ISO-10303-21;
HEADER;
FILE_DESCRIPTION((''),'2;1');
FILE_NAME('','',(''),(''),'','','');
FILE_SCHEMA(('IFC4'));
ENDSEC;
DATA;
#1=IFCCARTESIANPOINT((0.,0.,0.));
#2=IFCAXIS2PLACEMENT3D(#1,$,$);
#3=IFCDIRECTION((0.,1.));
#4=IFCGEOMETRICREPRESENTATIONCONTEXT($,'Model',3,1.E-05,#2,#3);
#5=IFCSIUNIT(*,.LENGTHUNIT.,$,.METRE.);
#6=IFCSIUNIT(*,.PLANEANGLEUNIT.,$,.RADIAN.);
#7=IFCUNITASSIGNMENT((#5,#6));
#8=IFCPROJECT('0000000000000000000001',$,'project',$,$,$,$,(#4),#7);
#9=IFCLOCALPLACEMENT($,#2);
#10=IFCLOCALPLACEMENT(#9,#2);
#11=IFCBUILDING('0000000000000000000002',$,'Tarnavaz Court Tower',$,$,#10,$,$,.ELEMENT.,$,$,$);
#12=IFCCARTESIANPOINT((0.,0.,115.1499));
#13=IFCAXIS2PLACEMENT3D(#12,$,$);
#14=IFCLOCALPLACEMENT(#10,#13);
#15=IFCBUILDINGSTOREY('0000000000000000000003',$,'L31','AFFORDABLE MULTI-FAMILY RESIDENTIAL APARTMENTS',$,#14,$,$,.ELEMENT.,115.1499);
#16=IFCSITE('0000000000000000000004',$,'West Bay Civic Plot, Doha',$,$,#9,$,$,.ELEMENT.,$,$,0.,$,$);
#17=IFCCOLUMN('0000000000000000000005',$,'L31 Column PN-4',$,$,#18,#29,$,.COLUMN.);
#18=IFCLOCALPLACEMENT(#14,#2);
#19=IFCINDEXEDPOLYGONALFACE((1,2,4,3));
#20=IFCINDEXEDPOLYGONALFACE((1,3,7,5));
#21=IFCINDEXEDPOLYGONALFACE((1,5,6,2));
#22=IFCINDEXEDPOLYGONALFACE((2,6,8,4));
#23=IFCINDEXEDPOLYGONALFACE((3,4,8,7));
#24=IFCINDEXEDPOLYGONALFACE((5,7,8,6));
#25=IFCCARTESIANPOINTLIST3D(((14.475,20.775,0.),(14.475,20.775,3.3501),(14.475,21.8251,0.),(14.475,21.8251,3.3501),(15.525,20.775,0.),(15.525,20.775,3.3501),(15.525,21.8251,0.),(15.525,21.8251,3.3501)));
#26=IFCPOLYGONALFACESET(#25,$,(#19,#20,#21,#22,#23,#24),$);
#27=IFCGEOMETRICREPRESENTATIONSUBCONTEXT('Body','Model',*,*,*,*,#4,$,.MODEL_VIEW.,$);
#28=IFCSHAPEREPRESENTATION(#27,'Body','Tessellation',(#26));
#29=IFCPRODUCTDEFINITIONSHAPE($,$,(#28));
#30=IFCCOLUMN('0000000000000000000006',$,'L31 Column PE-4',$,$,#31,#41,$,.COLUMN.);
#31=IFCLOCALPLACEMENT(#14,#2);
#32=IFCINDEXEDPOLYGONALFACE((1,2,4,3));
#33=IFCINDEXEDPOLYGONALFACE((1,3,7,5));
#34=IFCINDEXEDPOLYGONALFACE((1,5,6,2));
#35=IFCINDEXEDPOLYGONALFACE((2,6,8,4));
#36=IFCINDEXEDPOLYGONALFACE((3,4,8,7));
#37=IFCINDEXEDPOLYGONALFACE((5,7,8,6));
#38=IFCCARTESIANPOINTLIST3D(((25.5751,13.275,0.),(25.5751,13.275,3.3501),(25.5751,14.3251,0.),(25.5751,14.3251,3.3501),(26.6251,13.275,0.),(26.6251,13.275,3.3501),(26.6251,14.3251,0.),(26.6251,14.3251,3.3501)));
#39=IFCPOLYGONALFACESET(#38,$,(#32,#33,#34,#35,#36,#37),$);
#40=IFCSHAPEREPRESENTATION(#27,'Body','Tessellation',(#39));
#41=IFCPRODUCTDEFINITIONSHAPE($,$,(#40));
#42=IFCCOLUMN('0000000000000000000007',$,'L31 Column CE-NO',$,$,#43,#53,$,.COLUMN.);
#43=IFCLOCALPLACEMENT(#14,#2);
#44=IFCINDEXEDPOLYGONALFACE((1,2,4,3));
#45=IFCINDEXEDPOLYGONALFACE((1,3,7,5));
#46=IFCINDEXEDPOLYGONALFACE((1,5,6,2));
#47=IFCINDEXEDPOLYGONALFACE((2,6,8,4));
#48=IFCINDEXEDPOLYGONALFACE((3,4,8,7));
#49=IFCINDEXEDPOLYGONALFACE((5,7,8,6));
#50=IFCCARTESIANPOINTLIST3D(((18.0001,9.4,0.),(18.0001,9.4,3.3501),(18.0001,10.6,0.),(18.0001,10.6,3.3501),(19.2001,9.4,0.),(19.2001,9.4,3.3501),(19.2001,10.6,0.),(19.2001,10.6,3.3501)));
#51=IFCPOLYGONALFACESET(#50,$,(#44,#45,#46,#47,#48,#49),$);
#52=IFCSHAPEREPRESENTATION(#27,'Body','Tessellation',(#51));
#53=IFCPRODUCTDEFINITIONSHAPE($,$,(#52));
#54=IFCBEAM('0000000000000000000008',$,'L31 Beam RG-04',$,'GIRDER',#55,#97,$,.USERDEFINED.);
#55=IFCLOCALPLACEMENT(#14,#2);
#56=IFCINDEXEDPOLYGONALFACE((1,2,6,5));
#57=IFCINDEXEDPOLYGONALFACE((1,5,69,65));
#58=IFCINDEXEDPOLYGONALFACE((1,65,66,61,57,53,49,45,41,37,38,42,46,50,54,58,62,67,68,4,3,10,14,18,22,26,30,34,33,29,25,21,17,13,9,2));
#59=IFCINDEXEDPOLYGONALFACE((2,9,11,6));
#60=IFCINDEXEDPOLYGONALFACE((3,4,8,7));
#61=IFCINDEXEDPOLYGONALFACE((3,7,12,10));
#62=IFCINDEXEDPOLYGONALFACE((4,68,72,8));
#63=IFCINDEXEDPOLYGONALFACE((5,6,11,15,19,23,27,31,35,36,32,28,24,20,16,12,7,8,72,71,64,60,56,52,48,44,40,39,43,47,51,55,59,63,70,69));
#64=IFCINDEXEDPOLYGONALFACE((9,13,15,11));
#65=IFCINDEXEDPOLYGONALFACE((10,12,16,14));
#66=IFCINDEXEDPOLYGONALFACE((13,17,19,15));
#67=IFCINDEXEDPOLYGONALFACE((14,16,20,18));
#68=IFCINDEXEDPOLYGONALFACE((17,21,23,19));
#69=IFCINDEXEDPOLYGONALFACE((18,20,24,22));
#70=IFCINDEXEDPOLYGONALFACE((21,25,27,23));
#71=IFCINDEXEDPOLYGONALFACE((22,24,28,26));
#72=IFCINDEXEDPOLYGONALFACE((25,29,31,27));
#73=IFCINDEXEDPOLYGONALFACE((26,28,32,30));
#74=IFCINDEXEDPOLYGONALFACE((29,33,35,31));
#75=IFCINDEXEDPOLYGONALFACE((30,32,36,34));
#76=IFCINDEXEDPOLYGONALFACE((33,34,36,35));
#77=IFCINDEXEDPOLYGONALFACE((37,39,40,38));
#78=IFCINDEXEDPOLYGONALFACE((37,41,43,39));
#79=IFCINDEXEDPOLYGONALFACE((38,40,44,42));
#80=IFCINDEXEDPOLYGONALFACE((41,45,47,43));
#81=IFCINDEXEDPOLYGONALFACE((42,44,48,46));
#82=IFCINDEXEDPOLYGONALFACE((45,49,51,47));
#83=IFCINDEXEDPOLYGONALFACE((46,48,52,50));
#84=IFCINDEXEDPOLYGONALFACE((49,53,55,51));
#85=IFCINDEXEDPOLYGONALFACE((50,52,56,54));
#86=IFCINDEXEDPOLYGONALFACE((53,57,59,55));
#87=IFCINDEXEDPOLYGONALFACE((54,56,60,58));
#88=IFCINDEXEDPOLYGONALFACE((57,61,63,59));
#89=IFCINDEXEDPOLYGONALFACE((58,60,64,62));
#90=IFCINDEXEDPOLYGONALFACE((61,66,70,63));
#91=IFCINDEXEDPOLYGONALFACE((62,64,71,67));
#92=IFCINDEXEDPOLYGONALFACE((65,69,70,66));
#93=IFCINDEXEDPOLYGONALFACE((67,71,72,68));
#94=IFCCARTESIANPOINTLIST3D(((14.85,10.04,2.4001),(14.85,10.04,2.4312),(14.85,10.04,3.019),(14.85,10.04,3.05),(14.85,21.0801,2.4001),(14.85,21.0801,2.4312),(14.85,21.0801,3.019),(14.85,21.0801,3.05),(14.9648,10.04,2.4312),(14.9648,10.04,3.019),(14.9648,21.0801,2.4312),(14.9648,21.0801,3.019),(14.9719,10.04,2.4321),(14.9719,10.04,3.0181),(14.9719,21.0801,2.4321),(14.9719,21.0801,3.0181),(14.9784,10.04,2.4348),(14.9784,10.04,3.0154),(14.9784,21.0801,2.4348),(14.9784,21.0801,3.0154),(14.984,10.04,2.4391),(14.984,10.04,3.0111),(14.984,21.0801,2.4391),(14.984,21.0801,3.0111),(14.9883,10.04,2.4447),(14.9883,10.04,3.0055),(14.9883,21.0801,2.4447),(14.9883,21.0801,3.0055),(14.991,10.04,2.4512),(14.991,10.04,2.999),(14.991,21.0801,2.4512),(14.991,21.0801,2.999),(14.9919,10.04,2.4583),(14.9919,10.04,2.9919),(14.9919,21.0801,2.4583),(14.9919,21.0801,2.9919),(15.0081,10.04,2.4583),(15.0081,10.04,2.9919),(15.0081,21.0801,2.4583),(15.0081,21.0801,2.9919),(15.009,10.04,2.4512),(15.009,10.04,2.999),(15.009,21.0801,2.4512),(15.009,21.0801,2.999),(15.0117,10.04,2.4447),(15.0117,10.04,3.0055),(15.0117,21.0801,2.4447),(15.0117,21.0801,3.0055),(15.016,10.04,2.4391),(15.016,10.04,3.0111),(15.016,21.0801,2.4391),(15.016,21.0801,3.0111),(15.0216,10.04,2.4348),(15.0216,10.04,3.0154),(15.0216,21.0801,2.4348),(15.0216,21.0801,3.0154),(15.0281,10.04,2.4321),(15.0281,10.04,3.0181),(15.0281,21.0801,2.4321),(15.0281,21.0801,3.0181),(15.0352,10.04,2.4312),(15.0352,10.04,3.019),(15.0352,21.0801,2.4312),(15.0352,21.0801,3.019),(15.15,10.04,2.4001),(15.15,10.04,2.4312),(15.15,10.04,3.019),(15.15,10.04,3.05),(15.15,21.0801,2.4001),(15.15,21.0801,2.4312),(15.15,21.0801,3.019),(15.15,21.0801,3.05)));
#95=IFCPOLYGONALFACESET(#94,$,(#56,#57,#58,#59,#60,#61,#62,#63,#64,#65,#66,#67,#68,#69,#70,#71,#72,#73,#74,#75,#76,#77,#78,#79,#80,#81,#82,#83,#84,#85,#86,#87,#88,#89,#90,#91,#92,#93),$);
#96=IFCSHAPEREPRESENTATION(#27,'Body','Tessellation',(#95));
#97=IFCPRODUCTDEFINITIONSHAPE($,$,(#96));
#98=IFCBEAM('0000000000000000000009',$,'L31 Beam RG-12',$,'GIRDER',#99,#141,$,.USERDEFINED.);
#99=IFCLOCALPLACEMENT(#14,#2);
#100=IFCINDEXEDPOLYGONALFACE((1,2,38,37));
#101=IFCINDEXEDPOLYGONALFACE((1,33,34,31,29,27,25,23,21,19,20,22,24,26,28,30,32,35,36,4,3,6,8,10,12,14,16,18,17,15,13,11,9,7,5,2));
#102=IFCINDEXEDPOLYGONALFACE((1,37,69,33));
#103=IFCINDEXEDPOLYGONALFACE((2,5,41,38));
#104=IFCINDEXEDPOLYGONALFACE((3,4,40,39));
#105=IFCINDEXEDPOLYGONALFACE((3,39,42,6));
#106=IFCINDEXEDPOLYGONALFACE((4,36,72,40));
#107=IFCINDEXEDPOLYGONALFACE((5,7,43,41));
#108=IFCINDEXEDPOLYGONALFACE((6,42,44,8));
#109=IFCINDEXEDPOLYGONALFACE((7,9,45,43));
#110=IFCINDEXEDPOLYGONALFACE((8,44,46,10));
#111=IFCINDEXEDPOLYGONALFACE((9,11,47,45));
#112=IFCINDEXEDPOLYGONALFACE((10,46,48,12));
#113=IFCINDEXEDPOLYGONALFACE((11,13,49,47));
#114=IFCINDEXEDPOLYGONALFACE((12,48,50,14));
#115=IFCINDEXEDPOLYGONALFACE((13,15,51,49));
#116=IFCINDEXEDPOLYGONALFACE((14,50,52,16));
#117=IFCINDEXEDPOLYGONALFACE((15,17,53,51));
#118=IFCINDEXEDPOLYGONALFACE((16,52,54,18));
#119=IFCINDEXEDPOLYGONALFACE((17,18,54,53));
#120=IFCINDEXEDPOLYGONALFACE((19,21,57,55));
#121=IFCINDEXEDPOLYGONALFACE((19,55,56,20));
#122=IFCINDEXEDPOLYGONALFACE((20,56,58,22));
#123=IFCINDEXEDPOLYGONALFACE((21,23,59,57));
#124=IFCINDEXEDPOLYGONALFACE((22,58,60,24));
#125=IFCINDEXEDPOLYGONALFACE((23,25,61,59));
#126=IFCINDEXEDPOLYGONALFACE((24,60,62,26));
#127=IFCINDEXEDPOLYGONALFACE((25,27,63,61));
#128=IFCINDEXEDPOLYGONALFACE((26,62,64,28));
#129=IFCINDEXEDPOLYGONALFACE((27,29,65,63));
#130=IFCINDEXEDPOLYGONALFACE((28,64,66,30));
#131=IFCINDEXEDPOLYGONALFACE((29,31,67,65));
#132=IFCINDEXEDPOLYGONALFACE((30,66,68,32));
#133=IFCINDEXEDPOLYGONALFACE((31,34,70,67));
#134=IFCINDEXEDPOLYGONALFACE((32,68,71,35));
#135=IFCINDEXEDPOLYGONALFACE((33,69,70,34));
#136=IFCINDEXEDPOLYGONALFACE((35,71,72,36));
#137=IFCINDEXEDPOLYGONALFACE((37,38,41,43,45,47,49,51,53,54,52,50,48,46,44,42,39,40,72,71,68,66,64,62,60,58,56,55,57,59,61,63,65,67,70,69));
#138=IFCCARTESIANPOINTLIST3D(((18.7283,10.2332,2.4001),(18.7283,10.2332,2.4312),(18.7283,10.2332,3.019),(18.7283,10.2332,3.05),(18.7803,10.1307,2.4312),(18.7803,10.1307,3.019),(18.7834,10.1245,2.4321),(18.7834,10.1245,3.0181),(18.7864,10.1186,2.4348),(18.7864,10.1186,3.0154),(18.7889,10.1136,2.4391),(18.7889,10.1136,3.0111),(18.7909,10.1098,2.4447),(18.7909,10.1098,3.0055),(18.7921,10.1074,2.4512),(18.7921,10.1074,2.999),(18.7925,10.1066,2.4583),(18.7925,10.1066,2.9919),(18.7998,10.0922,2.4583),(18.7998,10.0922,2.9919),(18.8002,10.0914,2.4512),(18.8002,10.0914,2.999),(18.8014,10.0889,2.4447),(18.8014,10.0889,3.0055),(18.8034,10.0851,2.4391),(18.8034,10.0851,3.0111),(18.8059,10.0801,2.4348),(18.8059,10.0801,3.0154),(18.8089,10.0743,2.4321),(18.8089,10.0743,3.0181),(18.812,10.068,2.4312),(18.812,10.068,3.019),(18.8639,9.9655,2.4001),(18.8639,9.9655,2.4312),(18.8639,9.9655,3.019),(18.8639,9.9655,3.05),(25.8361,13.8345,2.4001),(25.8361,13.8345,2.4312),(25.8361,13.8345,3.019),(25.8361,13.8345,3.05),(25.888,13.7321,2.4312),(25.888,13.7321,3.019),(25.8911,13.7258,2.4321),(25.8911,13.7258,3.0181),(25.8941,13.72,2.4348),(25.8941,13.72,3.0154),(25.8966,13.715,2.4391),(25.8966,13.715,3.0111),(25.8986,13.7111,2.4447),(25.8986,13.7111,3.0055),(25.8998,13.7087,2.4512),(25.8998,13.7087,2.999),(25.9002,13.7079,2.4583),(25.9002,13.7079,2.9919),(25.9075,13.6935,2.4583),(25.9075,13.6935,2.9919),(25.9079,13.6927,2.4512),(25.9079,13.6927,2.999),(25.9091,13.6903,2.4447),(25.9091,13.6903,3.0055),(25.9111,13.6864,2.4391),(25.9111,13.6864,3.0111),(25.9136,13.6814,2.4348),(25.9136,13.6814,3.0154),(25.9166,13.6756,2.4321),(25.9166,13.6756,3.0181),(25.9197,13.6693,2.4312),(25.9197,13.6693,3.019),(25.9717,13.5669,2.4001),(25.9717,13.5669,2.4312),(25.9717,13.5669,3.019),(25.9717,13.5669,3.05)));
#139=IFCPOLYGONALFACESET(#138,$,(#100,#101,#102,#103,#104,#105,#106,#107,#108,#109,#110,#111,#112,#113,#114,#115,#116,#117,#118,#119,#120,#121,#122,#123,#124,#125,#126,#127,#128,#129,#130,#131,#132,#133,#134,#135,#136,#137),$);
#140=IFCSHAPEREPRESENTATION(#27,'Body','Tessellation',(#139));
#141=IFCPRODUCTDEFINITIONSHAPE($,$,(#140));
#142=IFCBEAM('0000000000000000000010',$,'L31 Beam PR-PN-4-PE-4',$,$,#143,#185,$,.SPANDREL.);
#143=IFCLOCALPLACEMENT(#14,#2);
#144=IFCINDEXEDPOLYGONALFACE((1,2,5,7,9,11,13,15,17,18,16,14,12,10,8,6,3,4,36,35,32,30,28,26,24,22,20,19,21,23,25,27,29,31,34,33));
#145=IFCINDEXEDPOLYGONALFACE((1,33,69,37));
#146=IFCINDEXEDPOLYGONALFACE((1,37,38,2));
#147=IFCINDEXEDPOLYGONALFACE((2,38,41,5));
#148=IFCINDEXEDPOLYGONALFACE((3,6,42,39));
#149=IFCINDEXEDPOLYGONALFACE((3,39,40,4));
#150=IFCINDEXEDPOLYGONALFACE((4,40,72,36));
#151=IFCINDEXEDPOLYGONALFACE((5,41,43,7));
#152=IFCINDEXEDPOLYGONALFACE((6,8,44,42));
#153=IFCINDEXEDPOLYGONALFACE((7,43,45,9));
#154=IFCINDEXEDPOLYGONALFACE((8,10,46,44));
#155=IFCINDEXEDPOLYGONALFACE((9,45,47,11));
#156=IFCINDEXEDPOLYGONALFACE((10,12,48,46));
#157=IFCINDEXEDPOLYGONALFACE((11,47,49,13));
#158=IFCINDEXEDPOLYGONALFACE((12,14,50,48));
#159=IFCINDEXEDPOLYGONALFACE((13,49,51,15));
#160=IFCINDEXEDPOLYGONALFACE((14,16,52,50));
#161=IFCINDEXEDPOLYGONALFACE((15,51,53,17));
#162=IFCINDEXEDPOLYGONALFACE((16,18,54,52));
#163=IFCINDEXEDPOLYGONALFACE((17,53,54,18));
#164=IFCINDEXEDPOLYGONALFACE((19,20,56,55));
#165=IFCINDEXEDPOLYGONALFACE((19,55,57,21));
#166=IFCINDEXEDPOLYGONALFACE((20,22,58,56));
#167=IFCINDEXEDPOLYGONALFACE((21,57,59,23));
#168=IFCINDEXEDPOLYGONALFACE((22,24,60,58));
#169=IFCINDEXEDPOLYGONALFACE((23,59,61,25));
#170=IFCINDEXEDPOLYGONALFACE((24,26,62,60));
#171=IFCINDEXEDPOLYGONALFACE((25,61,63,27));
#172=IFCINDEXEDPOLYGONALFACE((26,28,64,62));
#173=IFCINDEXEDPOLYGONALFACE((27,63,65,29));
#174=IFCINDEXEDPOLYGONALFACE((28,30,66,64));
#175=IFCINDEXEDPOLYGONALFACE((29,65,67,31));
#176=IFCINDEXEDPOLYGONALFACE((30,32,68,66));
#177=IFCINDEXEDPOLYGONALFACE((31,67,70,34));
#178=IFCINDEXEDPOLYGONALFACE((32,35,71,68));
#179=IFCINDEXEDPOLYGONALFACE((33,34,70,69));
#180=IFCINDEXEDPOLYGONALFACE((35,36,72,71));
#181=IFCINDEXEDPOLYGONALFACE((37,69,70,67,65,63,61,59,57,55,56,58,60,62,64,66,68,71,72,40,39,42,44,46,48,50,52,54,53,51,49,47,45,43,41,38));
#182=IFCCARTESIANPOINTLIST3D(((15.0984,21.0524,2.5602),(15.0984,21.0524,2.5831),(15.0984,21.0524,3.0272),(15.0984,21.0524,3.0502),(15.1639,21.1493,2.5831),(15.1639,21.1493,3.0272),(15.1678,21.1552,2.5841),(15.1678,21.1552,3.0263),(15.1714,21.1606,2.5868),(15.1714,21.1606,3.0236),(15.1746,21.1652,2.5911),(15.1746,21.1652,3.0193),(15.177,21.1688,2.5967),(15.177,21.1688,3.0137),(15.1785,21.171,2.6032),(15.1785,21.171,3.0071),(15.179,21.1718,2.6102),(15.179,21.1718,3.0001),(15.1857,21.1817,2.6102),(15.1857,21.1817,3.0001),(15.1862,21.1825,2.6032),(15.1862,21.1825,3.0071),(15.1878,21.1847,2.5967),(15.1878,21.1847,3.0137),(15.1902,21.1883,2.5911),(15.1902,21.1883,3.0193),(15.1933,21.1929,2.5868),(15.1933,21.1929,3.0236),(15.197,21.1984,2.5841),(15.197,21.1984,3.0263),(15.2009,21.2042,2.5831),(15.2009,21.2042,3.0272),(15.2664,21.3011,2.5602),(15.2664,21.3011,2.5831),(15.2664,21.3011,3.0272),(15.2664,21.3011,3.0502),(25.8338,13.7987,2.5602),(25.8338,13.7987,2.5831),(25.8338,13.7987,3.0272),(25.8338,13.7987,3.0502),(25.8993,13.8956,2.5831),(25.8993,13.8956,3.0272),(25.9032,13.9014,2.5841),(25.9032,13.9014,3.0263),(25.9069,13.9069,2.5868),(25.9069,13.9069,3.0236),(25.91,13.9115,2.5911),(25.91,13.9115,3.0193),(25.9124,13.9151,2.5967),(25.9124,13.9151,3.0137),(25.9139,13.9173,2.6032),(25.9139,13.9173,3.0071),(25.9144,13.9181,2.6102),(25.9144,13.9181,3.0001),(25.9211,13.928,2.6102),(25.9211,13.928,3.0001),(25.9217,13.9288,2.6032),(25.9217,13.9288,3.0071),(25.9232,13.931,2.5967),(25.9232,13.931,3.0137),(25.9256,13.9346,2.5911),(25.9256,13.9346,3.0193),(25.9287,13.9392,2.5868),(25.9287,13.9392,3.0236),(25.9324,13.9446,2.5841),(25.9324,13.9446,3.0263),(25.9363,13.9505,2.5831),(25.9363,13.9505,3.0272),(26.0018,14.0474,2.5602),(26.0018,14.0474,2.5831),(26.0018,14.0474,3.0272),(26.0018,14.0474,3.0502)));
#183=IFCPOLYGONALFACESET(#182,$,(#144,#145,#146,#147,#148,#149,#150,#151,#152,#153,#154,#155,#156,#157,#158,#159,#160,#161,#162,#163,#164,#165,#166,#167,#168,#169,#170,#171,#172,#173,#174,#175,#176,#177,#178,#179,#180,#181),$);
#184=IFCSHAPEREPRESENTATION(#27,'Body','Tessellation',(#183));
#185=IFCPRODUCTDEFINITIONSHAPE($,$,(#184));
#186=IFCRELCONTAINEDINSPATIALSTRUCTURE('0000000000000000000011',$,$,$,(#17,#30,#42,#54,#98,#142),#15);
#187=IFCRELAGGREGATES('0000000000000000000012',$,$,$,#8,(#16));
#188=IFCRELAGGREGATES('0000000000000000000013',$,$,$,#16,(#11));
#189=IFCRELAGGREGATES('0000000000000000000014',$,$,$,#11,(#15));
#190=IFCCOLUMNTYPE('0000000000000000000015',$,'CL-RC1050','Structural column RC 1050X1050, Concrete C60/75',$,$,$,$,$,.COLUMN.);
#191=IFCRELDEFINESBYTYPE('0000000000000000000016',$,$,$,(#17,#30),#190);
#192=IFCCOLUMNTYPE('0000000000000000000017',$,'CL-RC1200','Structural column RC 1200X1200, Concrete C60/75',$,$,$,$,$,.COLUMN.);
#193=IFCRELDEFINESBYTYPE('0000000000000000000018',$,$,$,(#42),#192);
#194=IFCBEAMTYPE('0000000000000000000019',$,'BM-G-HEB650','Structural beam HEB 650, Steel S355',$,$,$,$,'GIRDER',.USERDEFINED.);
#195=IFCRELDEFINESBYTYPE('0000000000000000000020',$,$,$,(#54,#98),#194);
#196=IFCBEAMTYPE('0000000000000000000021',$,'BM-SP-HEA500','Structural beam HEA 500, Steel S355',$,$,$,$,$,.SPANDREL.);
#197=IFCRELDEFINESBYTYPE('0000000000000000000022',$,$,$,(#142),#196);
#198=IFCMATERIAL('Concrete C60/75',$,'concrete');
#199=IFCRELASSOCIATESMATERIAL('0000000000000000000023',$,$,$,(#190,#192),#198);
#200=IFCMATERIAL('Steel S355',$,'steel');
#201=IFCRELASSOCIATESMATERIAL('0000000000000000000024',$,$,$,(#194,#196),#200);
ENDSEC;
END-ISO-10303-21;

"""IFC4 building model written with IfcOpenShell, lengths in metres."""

from ifc_helpers import new_model, si_unit, direction, frame, origin, origin_2d, place, context, subcontext, project, spatial, rectangle, i_section, extrude, material, material_profile, profile_set, type_object, element, save


model = new_model("IFC4")

# Units and contexts
model_context = context("Model", 3, precision=1e-05, world=origin(), true_north=direction((0.0, 1.0)))
body_context = subcontext(model_context, "Body", "Model", "MODEL_VIEW")
ifc_project = project(units=[si_unit("LENGTHUNIT", "METRE"), si_unit("PLANEANGLEUNIT", "RADIAN")], contexts=[model_context])

# Site, building, storey
site_placement = place(None, origin())
site = spatial("IfcSite", under=ifc_project, at=site_placement, Name="West Bay Civic Plot, Doha", CompositionType="ELEMENT", RefElevation=0.0)
building_placement = place(site_placement, origin())
building = spatial("IfcBuilding", under=site, at=building_placement, Name="Tarnavaz Court Tower", CompositionType="ELEMENT")
storey_placement = place(building_placement, frame((0.0, 0.0, 115.1499)))
storey = spatial("IfcBuildingStorey", under=building, at=storey_placement, Name="L31", Description="AFFORDABLE MULTI-FAMILY RESIDENTIAL APARTMENTS", CompositionType="ELEMENT", Elevation=115.1499)

# Columns
ifc_material_1 = material(Name="Concrete C60/75", Category="concrete")
ifc_material_profile_1 = material_profile(ifc_material_1, rectangle(XDim=1.05, YDim=1.05, at=origin_2d()), Name="RC 1050X1050")
ifc_profile_set_1 = profile_set([ifc_material_profile_1], Name="Concrete C60/75")
column_type_1 = type_object("IfcColumnType", Name="CL-RC1050", Description="Structural column RC 1050X1050, Concrete C60/75", PredefinedType="COLUMN", material=ifc_profile_set_1)
for number, where, z_axis, x_axis, name in (
    (1, (15.0, 21.3, 0.0), (0.0, 0.0, 1.0), (1.0, 0.0, 0.0), "L31 Column PN-4"),
    (2, (26.1001, 13.8, 0.0), (0.0, 0.0, 1.0), (1.0, 0.0, 0.0), "L31 Column PE-4"),
):
    element("IfcColumn", number, at=place(storey_placement, frame(where, z_axis=z_axis, x_axis=x_axis)), inside=storey, type_object=column_type_1, Name=name, PredefinedType="COLUMN", context=body_context, shape_type="SweptSolid", body=[
        extrude(rectangle(XDim=1.05, YDim=1.05, at=origin_2d()), origin(), (0.0, 0.0, 1.0), 3.3501),
    ])
ifc_material_profile_2 = material_profile(ifc_material_1, rectangle(XDim=1.2, YDim=1.2, at=origin_2d()), Name="RC 1200X1200")
ifc_profile_set_2 = profile_set([ifc_material_profile_2], Name="Concrete C60/75")
column_type_2 = type_object("IfcColumnType", Name="CL-RC1200", Description="Structural column RC 1200X1200, Concrete C60/75", PredefinedType="COLUMN", material=ifc_profile_set_2)
column_placement = place(storey_placement, frame((18.6001, 10.0, 0.0), z_axis=(0.0, 0.0, 1.0), x_axis=(1.0, 0.0, 0.0)))
element("IfcColumn", 3, at=column_placement, inside=storey, type_object=column_type_2, Name="L31 Column CE-NO", PredefinedType="COLUMN", context=body_context, shape_type="SweptSolid", body=[
    extrude(rectangle(XDim=1.2, YDim=1.2, at=origin_2d()), origin(), (0.0, 0.0, 1.0), 3.3501),
])

# Beams
ifc_material_2 = material(Name="Steel S355", Category="steel")
ifc_material_profile_3 = material_profile(ifc_material_2, i_section(OverallWidth=0.3, OverallDepth=0.6499, WebThickness=0.0161, FlangeThickness=0.031, FilletRadius=0.0271, at=origin_2d()), Name="HEB 650")
ifc_profile_set_3 = profile_set([ifc_material_profile_3], Name="Steel S355")
beam_type_1 = type_object("IfcBeamType", Name="BM-G-HEB650", Description="Structural beam HEB 650, Steel S355", ElementType="GIRDER", PredefinedType="USERDEFINED", material=ifc_profile_set_3)
beam_1_placement = place(storey_placement, frame((15.0, 10.04, 2.7251), z_axis=(0.0, 1.0, 0.0), x_axis=(-1.0, 0.0, 0.0)))
element("IfcBeam", 4, at=beam_1_placement, inside=storey, type_object=beam_type_1, Name="L31 Beam RG-04", ObjectType="GIRDER", PredefinedType="USERDEFINED", context=body_context, shape_type="SweptSolid", body=[
    extrude(i_section(OverallWidth=0.3, OverallDepth=0.6499, WebThickness=0.0161, FlangeThickness=0.031, FilletRadius=0.0271, at=origin_2d()), origin(), (0.0, 0.0, 1.0), 11.04),
])
beam_2_placement = place(storey_placement, frame((18.7961, 10.0994, 2.7251), z_axis=(0.892031, 0.451975, 0.0), x_axis=(-0.451975, 0.892031, 0.0)))
element("IfcBeam", 5, at=beam_2_placement, inside=storey, type_object=beam_type_1, Name="L31 Beam RG-12", ObjectType="GIRDER", PredefinedType="USERDEFINED", context=body_context, shape_type="SweptSolid", body=[
    extrude(i_section(OverallWidth=0.3, OverallDepth=0.6499, WebThickness=0.0161, FlangeThickness=0.031, FilletRadius=0.0271, at=origin_2d()), origin(), (0.0, 0.0, 1.0), 7.968),
])
ifc_material_profile_4 = material_profile(ifc_material_2, i_section(OverallWidth=0.3, OverallDepth=0.49, WebThickness=0.012, FlangeThickness=0.0229, FilletRadius=0.0271, at=origin_2d()), Name="HEA 500")
ifc_profile_set_4 = profile_set([ifc_material_profile_4], Name="Steel S355")
beam_type_2 = type_object("IfcBeamType", Name="BM-SP-HEA500", Description="Structural beam HEA 500, Steel S355", PredefinedType="SPANDREL", material=ifc_profile_set_4)
beam_3_placement = place(storey_placement, frame((15.1824, 21.1768, 2.8052), z_axis=(0.828587, -0.55986, 0.0), x_axis=(0.55986, 0.828587, 0.0)))
element("IfcBeam", 6, at=beam_3_placement, inside=storey, type_object=beam_type_2, Name="L31 Beam PR-PN-4-PE-4", PredefinedType="SPANDREL", context=body_context, shape_type="SweptSolid", body=[
    extrude(i_section(OverallWidth=0.3, OverallDepth=0.49, WebThickness=0.012, FlangeThickness=0.0229, FilletRadius=0.0271, at=origin_2d()), origin(), (0.0, 0.0, 1.0), 12.9563),
])

save(model, "model.ifc")
